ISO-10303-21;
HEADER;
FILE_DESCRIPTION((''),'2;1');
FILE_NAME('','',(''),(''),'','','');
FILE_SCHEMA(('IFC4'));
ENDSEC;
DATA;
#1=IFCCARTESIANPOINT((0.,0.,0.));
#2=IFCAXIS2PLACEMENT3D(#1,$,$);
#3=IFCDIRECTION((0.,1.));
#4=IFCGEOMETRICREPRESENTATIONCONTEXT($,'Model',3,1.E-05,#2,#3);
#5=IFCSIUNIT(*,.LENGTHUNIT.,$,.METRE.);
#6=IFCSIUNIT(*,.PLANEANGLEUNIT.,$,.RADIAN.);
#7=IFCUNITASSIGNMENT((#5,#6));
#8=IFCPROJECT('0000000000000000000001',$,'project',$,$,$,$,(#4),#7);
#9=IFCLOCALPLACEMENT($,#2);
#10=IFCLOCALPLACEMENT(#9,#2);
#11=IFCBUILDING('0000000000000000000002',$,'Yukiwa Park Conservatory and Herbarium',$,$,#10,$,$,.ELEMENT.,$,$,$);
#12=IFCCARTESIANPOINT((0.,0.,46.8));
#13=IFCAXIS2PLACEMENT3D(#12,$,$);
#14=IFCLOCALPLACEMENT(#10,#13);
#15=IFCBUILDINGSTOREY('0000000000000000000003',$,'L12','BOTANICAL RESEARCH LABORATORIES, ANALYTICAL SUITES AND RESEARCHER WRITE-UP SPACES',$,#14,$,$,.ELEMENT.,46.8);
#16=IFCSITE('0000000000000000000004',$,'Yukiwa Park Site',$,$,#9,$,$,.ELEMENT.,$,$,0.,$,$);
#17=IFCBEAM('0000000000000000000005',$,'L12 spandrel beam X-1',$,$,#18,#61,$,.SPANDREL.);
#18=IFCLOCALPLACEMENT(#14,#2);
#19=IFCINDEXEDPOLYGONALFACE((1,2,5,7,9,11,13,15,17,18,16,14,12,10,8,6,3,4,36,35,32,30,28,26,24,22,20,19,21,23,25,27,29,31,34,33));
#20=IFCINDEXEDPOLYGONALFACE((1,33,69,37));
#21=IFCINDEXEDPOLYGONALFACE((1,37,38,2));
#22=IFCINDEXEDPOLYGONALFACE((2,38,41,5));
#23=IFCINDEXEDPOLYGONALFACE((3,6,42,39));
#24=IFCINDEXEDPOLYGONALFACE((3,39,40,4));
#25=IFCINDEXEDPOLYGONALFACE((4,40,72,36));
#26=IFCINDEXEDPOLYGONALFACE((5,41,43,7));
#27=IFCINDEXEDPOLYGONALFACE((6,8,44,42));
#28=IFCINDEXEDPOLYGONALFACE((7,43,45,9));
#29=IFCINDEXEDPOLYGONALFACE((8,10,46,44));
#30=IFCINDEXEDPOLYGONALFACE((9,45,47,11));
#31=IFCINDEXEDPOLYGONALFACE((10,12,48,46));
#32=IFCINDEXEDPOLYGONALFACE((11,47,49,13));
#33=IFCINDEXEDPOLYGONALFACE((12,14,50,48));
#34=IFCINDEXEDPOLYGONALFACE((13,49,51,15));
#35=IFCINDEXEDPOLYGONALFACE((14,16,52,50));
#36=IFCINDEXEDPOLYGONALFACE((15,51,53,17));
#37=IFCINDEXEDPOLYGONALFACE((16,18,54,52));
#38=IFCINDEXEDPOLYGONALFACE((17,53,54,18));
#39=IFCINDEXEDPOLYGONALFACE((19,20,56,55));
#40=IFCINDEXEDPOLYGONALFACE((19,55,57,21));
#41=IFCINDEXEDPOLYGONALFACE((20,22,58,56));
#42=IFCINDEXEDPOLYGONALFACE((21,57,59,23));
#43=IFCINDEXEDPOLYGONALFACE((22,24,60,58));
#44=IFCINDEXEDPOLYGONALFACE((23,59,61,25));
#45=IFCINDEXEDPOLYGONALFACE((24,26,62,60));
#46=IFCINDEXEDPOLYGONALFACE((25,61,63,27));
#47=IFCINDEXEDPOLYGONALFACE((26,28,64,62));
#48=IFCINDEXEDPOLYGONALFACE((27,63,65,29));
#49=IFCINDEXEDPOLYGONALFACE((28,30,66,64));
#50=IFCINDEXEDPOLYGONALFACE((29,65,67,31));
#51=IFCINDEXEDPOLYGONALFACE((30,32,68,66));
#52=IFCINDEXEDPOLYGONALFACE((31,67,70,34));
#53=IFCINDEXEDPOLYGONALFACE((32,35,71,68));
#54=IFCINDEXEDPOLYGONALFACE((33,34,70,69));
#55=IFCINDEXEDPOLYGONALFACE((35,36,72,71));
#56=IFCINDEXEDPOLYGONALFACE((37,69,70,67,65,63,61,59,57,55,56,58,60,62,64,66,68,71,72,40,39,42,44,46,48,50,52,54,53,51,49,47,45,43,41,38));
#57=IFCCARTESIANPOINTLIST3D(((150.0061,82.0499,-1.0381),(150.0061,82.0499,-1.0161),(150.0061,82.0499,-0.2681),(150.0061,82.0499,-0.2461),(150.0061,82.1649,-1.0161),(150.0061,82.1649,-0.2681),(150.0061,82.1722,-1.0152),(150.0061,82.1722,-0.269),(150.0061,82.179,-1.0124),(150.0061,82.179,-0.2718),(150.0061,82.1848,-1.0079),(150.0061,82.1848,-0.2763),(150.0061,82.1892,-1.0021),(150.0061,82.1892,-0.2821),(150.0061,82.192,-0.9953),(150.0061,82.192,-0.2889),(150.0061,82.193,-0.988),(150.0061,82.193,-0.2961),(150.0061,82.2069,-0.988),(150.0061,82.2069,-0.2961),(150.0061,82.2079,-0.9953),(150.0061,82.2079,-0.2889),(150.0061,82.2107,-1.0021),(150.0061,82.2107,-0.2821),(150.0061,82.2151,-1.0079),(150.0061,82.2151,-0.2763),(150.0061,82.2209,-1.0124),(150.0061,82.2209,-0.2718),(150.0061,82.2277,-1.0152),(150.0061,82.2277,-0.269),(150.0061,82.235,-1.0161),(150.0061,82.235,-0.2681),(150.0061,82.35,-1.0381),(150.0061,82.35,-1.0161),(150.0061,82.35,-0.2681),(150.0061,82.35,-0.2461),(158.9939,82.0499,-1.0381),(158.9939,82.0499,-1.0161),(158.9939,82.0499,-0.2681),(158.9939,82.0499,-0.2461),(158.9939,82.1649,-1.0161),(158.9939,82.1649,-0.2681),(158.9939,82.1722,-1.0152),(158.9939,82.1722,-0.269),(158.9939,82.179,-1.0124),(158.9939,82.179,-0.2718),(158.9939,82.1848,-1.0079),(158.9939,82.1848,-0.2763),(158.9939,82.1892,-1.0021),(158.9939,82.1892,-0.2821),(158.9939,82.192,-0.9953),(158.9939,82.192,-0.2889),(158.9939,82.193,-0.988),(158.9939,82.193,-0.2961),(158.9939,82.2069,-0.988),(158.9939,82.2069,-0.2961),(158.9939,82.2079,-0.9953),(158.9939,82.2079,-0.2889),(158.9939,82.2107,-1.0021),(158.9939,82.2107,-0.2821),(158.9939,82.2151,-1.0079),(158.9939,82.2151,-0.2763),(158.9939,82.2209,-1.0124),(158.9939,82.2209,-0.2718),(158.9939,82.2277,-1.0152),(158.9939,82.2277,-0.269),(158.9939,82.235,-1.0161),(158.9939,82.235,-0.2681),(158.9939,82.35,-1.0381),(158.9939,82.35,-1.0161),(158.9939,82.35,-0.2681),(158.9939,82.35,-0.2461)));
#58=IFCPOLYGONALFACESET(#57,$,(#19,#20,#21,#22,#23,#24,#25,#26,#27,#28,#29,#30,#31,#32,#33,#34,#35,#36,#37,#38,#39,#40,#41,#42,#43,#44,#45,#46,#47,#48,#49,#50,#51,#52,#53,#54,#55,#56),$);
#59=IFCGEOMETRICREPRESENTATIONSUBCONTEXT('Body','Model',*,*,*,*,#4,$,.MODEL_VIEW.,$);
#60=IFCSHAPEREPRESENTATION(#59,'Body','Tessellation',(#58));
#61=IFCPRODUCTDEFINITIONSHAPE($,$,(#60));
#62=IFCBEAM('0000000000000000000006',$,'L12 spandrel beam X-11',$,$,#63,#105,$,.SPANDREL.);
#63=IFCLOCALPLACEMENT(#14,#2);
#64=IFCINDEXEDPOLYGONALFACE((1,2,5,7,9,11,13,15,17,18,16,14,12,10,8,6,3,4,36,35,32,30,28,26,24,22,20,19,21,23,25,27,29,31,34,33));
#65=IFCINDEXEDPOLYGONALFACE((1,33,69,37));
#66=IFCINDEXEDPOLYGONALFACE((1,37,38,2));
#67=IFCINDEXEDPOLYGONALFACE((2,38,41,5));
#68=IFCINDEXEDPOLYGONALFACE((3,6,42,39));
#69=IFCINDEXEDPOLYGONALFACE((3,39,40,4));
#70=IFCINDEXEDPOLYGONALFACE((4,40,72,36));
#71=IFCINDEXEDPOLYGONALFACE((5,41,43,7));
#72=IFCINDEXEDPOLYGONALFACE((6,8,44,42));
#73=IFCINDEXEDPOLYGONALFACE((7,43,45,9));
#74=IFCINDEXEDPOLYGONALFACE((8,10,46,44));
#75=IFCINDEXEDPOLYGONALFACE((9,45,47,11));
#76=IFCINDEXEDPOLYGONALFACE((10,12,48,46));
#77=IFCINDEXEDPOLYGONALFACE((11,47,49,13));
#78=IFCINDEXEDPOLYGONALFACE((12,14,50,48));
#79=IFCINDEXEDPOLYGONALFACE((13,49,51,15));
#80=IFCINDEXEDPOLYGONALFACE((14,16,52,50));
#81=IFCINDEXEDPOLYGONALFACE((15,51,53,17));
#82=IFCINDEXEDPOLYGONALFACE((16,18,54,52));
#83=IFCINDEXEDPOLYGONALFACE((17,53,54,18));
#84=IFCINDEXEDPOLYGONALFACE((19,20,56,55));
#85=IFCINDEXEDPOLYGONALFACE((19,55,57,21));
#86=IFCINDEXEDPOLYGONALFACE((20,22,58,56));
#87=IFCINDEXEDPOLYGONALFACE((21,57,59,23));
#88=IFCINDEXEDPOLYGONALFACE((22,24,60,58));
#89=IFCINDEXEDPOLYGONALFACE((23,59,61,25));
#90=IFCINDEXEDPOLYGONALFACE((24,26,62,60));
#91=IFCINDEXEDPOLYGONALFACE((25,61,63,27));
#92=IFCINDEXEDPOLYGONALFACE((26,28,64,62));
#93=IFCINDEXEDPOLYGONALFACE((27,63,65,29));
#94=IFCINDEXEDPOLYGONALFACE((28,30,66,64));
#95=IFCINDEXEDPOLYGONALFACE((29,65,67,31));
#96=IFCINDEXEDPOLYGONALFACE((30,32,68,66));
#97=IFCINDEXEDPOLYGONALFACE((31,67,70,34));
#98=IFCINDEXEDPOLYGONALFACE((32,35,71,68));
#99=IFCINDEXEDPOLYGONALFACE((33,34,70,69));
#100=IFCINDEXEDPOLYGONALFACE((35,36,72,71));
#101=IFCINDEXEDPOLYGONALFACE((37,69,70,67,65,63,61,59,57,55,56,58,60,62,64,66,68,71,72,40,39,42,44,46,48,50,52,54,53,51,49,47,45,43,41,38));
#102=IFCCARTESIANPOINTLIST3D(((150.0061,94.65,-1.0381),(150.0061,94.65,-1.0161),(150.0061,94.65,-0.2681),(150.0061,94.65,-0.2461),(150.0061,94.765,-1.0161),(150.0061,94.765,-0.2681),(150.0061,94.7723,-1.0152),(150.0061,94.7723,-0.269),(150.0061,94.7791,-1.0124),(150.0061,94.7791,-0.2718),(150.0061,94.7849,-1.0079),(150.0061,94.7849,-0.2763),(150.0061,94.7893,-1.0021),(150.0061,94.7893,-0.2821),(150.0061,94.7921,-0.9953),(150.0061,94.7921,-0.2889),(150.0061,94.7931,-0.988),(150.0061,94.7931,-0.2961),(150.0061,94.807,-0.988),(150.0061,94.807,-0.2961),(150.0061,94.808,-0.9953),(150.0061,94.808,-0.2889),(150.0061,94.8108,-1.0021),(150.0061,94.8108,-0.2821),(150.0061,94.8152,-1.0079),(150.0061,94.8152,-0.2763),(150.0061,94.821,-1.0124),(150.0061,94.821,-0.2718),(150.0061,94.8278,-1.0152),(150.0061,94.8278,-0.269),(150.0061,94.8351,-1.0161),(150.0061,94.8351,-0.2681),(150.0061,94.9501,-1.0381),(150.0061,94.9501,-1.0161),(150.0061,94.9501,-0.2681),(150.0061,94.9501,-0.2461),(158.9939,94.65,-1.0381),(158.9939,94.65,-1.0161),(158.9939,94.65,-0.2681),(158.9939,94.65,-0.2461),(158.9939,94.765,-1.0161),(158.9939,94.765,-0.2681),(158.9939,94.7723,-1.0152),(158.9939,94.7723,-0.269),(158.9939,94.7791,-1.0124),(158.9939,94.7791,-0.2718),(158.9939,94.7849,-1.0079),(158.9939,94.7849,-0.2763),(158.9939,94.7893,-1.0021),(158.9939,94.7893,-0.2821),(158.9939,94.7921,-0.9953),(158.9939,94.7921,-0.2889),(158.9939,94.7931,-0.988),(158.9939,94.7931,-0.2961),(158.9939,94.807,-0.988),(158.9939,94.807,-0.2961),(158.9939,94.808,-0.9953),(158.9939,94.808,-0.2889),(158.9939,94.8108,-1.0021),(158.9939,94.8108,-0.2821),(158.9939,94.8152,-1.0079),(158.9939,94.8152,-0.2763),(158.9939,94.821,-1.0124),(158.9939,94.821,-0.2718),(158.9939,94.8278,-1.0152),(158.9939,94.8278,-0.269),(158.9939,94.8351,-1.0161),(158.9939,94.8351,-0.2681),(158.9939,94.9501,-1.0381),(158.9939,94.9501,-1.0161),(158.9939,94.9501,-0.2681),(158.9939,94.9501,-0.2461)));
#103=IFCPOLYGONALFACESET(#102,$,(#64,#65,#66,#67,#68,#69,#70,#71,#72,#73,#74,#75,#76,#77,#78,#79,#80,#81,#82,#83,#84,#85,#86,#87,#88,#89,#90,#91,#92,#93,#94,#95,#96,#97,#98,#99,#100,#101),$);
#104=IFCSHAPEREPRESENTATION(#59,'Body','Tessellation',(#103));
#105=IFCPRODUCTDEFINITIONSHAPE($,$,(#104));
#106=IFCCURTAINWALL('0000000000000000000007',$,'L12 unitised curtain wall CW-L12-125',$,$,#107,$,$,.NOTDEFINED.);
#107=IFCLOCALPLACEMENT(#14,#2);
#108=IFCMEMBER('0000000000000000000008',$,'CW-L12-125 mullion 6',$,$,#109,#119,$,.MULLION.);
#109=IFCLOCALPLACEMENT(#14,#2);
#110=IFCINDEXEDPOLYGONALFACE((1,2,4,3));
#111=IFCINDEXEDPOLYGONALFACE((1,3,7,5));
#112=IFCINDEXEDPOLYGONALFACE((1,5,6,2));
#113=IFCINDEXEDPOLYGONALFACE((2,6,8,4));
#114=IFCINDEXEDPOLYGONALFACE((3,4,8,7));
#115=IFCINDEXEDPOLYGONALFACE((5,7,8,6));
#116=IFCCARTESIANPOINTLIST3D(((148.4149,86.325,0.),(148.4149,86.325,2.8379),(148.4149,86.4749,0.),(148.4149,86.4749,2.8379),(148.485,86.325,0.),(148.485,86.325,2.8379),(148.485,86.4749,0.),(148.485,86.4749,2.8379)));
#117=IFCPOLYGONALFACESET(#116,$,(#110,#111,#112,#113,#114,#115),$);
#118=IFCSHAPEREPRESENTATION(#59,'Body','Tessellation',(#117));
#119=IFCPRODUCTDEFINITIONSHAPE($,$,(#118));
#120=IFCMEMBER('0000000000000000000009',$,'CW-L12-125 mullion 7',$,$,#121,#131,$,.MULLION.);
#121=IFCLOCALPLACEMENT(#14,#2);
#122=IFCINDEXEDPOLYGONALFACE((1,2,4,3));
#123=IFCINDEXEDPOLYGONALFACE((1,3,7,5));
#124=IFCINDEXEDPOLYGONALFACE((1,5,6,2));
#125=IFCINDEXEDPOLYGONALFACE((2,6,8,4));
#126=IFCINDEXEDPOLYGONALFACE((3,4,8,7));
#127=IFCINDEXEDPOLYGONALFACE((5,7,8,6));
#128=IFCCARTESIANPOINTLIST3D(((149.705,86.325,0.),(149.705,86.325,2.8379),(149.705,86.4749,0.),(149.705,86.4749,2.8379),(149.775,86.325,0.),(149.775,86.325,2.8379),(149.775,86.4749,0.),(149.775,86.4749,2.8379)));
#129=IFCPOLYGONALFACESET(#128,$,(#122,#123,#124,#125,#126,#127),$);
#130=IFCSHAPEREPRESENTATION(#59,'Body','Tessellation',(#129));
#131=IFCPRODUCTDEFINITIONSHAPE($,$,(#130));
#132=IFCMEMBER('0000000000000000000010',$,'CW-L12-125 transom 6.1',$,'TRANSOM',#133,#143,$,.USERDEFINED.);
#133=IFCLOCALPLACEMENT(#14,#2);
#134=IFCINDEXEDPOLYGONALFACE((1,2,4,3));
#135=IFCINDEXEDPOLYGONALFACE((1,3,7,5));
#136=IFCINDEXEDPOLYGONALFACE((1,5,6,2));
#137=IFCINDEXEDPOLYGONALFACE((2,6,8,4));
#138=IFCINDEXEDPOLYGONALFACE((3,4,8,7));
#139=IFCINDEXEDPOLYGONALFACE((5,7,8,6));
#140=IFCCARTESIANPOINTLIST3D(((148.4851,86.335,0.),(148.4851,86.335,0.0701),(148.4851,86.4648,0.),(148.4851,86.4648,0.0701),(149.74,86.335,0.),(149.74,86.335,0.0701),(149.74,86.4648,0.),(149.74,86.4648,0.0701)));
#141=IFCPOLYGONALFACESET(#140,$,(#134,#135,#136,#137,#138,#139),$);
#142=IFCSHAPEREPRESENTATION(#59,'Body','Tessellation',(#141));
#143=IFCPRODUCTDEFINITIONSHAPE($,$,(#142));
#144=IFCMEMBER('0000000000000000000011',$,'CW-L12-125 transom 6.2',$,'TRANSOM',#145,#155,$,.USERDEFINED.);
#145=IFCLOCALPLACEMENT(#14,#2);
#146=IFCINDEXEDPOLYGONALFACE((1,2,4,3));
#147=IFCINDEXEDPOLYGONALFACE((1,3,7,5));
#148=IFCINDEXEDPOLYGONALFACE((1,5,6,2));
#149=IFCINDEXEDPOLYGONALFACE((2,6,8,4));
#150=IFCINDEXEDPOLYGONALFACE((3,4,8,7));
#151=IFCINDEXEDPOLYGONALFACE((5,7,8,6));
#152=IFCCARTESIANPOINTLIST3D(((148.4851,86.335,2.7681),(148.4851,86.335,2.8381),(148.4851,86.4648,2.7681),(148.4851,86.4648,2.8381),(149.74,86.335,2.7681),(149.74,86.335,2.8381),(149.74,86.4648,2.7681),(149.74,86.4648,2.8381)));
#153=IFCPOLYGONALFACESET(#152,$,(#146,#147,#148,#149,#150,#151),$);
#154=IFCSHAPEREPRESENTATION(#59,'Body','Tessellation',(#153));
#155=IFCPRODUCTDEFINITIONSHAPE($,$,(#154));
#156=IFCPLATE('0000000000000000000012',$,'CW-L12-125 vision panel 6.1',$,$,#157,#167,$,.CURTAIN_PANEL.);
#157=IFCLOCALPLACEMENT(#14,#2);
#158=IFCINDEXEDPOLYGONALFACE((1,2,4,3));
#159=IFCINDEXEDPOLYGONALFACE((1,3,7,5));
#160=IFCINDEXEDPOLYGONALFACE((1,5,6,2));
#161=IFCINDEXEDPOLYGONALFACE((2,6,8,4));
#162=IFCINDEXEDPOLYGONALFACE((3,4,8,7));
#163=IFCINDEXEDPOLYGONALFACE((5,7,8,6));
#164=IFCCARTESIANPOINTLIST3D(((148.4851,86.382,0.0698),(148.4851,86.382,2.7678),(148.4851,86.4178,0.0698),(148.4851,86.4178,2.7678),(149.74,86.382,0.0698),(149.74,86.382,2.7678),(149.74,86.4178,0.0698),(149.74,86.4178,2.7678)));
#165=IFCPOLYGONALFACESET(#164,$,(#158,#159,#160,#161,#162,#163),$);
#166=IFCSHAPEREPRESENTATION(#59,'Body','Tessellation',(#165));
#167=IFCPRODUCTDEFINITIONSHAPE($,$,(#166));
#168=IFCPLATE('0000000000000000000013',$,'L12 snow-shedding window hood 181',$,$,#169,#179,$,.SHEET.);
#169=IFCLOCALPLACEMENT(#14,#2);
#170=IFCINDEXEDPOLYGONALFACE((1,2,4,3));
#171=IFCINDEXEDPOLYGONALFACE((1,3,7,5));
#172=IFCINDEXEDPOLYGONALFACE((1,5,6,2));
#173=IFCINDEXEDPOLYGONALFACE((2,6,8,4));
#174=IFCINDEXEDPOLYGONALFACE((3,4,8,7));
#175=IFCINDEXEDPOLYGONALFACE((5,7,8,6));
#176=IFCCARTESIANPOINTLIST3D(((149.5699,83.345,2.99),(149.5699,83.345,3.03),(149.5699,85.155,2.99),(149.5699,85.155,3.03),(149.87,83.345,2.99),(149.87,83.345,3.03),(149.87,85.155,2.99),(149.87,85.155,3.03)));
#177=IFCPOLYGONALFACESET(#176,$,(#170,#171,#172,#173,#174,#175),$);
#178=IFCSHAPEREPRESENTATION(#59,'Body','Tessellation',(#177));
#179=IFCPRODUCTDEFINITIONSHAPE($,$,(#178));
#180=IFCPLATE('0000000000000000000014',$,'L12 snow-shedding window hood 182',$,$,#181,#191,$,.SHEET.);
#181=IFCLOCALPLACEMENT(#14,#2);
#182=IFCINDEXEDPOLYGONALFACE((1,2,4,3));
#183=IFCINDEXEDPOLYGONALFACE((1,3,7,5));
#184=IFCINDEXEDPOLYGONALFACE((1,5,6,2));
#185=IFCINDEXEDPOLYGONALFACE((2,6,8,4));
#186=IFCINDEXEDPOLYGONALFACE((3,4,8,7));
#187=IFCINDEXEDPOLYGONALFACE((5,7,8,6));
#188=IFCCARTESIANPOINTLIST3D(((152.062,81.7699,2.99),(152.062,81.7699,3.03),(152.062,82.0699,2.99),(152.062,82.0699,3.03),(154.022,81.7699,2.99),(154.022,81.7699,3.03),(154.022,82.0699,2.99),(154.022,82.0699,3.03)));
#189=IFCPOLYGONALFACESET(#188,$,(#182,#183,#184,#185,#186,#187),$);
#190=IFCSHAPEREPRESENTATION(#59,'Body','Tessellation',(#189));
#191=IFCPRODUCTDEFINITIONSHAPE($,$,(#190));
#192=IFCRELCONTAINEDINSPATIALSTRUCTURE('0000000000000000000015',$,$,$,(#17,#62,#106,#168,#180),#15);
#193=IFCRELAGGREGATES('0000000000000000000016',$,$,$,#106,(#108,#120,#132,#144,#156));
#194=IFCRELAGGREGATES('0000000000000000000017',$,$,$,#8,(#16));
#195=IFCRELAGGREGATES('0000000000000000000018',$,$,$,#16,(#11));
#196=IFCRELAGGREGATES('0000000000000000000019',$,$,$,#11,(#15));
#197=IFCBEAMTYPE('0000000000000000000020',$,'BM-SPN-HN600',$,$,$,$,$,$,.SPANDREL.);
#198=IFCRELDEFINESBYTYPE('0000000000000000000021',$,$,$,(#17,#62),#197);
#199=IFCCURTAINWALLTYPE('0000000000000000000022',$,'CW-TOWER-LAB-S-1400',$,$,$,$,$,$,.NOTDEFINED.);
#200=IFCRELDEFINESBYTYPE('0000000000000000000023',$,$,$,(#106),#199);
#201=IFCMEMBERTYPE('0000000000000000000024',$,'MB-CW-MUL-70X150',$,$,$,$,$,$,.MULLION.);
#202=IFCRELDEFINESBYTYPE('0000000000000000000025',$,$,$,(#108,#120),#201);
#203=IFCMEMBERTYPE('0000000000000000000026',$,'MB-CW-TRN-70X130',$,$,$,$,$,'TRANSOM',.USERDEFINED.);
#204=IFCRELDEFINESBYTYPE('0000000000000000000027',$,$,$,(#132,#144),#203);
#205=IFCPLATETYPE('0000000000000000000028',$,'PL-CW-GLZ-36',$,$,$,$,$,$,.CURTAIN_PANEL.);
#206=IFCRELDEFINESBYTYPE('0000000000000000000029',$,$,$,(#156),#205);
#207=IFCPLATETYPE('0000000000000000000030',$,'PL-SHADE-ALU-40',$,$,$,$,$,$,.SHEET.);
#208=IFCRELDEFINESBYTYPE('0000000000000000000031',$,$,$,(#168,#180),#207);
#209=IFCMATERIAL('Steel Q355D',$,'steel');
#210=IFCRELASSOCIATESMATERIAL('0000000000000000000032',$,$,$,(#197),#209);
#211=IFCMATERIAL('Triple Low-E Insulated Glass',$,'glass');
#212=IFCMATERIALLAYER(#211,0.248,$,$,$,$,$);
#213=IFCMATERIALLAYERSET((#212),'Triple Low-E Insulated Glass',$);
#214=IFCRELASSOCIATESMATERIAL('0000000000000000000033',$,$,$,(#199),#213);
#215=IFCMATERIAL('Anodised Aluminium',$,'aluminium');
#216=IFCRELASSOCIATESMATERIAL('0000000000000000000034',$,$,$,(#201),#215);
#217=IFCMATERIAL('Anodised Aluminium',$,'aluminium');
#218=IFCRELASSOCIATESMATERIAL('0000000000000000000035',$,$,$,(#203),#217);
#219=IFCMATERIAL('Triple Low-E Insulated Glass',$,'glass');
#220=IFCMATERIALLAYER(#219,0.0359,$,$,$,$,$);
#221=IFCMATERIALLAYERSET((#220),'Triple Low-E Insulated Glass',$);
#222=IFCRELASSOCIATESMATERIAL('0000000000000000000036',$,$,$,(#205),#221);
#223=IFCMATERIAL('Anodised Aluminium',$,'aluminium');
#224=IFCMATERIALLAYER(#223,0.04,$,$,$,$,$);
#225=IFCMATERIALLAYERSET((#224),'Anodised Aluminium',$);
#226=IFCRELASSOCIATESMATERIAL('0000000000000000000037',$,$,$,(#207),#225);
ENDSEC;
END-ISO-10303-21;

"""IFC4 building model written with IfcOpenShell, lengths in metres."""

from ifc_helpers import new_model, si_unit, direction, frame, origin, origin_2d, place, context, subcontext, project, spatial, rectangle, i_section, extrude, material, layer, layer_set, material_profile, profile_set, type_object, element, aggregate, save


model = new_model("IFC4")

# Units and contexts
model_context = context("Model", 3, precision=1e-05, world=origin(), true_north=direction((0.0, 1.0)))
body_context = subcontext(model_context, "Body", "Model", "MODEL_VIEW")
ifc_project = project(units=[si_unit("LENGTHUNIT", "METRE"), si_unit("PLANEANGLEUNIT", "RADIAN")], contexts=[model_context])

# Site, building, storey
site_placement = place(None, origin())
site = spatial("IfcSite", under=ifc_project, at=site_placement, Name="Yukiwa Park Site", CompositionType="ELEMENT", RefElevation=0.0)
building_placement = place(site_placement, origin())
building = spatial("IfcBuilding", under=site, at=building_placement, Name="Yukiwa Park Conservatory and Herbarium", CompositionType="ELEMENT")
storey_placement = place(building_placement, frame((0.0, 0.0, 46.8)))
storey = spatial("IfcBuildingStorey", under=building, at=storey_placement, Name="L12", Description="BOTANICAL RESEARCH LABORATORIES, ANALYTICAL SUITES AND RESEARCHER WRITE-UP SPACES", CompositionType="ELEMENT", Elevation=46.8)

# Beams
ifc_material_1 = material(Name="Steel Q355D", Category="steel")
ifc_material_profile_1 = material_profile(ifc_material_1, i_section(OverallWidth=0.3, OverallDepth=0.792, WebThickness=0.0139, FlangeThickness=0.022, FilletRadius=0.0281, at=origin_2d()), Name="HN 792x300x14x22")
ifc_profile_set_1 = profile_set([ifc_material_profile_1], Name="Steel Q355D")
beam_type_1 = type_object("IfcBeamType", Name="BM-SPN-HN600", PredefinedType="SPANDREL", material=ifc_profile_set_1)
for number, where, z_axis, x_axis, name in (
    (1, (150.0061, 82.2, -0.6421), (1.0, 0.0, 0.0), (0.0, 1.0, 0.0), "L12 spandrel beam X-1"),
    (2, (150.0061, 94.8, -0.6421), (1.0, 0.0, 0.0), (0.0, 1.0, 0.0), "L12 spandrel beam X-11"),
):
    element("IfcBeam", number, at=place(storey_placement, frame(where, z_axis=z_axis, x_axis=x_axis)), inside=storey, type_object=beam_type_1, Name=name, PredefinedType="SPANDREL", context=body_context, shape_type="SweptSolid", body=[
        extrude(i_section(OverallWidth=0.3, OverallDepth=0.792, WebThickness=0.0139, FlangeThickness=0.022, FilletRadius=0.0281, at=origin_2d()), origin(), (0.0, 0.0, 1.0), 8.9878),
    ])

# Curtain wall, members, plate
ifc_material_2 = material(Name="Triple Low-E Insulated Glass", Category="glass")
ifc_layer_1 = layer(ifc_material_2, 0.248)
ifc_layer_set_1 = layer_set([ifc_layer_1], Name="Triple Low-E Insulated Glass")
curtain_wall_type = type_object("IfcCurtainWallType", Name="CW-TOWER-LAB-S-1400", PredefinedType="NOTDEFINED", material=ifc_layer_set_1)
curtain_wall_placement = place(storey_placement, origin())
curtain_wall = element("IfcCurtainWall", 3, at=curtain_wall_placement, inside=storey, type_object=curtain_wall_type, Name="L12 unitised curtain wall CW-L12-125", PredefinedType="NOTDEFINED")
ifc_material_3 = material(Name="Anodised Aluminium", Category="aluminium")
member_type_1 = type_object("IfcMemberType", Name="MB-CW-MUL-70X150", PredefinedType="MULLION", material=ifc_material_3)
member_1_placement = place(storey_placement, frame((148.45, 86.3999, 0.0), z_axis=(0.0, 0.0, 1.0), x_axis=(1.0, 0.0, 0.0)))
member_1 = element("IfcMember", 4, at=member_1_placement, type_object=member_type_1, Name="CW-L12-125 mullion 6", PredefinedType="MULLION", context=body_context, shape_type="SweptSolid", body=[
    extrude(rectangle(XDim=0.0701, YDim=0.1499, at=origin_2d()), origin(), (0.0, 0.0, 1.0), 2.8379),
])
member_2_placement = place(storey_placement, frame((149.74, 86.3999, 0.0), z_axis=(0.0, 0.0, 1.0), x_axis=(1.0, 0.0, 0.0)))
member_2 = element("IfcMember", 5, at=member_2_placement, type_object=member_type_1, Name="CW-L12-125 mullion 7", PredefinedType="MULLION", context=body_context, shape_type="SweptSolid", body=[
    extrude(rectangle(XDim=0.0701, YDim=0.1499, at=origin_2d()), origin(), (0.0, 0.0, 1.0), 2.8379),
])
ifc_material_4 = material(Name="Anodised Aluminium", Category="aluminium")
member_type_2 = type_object("IfcMemberType", Name="MB-CW-TRN-70X130", ElementType="TRANSOM", PredefinedType="USERDEFINED", material=ifc_material_4)
member_3_placement = place(storey_placement, frame((149.1125, 86.3999, 0.0), z_axis=(0.0, 0.0, 1.0), x_axis=(1.0, 0.0, 0.0)))
member_3 = element("IfcMember", 6, at=member_3_placement, type_object=member_type_2, Name="CW-L12-125 transom 6.1", ObjectType="TRANSOM", PredefinedType="USERDEFINED", context=body_context, shape_type="SweptSolid", body=[
    extrude(rectangle(XDim=1.2549, YDim=0.1299, at=origin_2d()), origin(), (0.0, 0.0, 1.0), 0.0701),
])
member_4_placement = place(storey_placement, frame((149.1125, 86.3999, 2.7681), z_axis=(0.0, 0.0, 1.0), x_axis=(1.0, 0.0, 0.0)))
member_4 = element("IfcMember", 7, at=member_4_placement, type_object=member_type_2, Name="CW-L12-125 transom 6.2", ObjectType="TRANSOM", PredefinedType="USERDEFINED", context=body_context, shape_type="SweptSolid", body=[
    extrude(rectangle(XDim=1.2549, YDim=0.1299, at=origin_2d()), origin(), (0.0, 0.0, 1.0), 0.0701),
])
ifc_material_5 = material(Name="Triple Low-E Insulated Glass", Category="glass")
ifc_layer_2 = layer(ifc_material_5, 0.0359)
ifc_layer_set_2 = layer_set([ifc_layer_2], Name="Triple Low-E Insulated Glass")
plate_type_1 = type_object("IfcPlateType", Name="PL-CW-GLZ-36", PredefinedType="CURTAIN_PANEL", material=ifc_layer_set_2)
plate_1_placement = place(storey_placement, frame((149.1125, 86.3999, 0.0698), z_axis=(0.0, 0.0, 1.0), x_axis=(1.0, 0.0, 0.0)))
plate_1 = element("IfcPlate", 8, at=plate_1_placement, type_object=plate_type_1, Name="CW-L12-125 vision panel 6.1", PredefinedType="CURTAIN_PANEL", context=body_context, shape_type="SweptSolid", body=[
    extrude(rectangle(XDim=1.2549, YDim=0.0359, at=origin_2d()), origin(), (0.0, 0.0, 1.0), 2.698),
])
aggregate(curtain_wall, [member_1, member_2, member_3, member_4, plate_1])

# Plates
ifc_material_6 = material(Name="Anodised Aluminium", Category="aluminium")
ifc_layer_3 = layer(ifc_material_6, 0.04)
ifc_layer_set_3 = layer_set([ifc_layer_3], Name="Anodised Aluminium")
plate_type_2 = type_object("IfcPlateType", Name="PL-SHADE-ALU-40", PredefinedType="SHEET", material=ifc_layer_set_3)
plate_2_placement = place(storey_placement, frame((149.72, 84.25, 2.99), z_axis=(0.0, 0.0, 1.0), x_axis=(0.0, -1.0, 0.0)))
element("IfcPlate", 9, at=plate_2_placement, inside=storey, type_object=plate_type_2, Name="L12 snow-shedding window hood 181", PredefinedType="SHEET", context=body_context, shape_type="SweptSolid", body=[
    extrude(rectangle(XDim=1.8101, YDim=0.3, at=origin_2d()), origin(), (0.0, 0.0, 1.0), 0.04),
])
for number, where, z_axis, x_axis, name in (
    (10, (153.042, 81.9199, 2.99), (0.0, 0.0, 1.0), (1.0, 0.0, 0.0), "L12 snow-shedding window hood 182"),
):
    element("IfcPlate", number, at=place(storey_placement, frame(where, z_axis=z_axis, x_axis=x_axis)), inside=storey, type_object=plate_type_2, Name=name, PredefinedType="SHEET", context=body_context, shape_type="SweptSolid", body=[
        extrude(rectangle(XDim=1.96, YDim=0.3, at=origin_2d()), origin(), (0.0, 0.0, 1.0), 0.04),
    ])

save(model, "model.ifc")
